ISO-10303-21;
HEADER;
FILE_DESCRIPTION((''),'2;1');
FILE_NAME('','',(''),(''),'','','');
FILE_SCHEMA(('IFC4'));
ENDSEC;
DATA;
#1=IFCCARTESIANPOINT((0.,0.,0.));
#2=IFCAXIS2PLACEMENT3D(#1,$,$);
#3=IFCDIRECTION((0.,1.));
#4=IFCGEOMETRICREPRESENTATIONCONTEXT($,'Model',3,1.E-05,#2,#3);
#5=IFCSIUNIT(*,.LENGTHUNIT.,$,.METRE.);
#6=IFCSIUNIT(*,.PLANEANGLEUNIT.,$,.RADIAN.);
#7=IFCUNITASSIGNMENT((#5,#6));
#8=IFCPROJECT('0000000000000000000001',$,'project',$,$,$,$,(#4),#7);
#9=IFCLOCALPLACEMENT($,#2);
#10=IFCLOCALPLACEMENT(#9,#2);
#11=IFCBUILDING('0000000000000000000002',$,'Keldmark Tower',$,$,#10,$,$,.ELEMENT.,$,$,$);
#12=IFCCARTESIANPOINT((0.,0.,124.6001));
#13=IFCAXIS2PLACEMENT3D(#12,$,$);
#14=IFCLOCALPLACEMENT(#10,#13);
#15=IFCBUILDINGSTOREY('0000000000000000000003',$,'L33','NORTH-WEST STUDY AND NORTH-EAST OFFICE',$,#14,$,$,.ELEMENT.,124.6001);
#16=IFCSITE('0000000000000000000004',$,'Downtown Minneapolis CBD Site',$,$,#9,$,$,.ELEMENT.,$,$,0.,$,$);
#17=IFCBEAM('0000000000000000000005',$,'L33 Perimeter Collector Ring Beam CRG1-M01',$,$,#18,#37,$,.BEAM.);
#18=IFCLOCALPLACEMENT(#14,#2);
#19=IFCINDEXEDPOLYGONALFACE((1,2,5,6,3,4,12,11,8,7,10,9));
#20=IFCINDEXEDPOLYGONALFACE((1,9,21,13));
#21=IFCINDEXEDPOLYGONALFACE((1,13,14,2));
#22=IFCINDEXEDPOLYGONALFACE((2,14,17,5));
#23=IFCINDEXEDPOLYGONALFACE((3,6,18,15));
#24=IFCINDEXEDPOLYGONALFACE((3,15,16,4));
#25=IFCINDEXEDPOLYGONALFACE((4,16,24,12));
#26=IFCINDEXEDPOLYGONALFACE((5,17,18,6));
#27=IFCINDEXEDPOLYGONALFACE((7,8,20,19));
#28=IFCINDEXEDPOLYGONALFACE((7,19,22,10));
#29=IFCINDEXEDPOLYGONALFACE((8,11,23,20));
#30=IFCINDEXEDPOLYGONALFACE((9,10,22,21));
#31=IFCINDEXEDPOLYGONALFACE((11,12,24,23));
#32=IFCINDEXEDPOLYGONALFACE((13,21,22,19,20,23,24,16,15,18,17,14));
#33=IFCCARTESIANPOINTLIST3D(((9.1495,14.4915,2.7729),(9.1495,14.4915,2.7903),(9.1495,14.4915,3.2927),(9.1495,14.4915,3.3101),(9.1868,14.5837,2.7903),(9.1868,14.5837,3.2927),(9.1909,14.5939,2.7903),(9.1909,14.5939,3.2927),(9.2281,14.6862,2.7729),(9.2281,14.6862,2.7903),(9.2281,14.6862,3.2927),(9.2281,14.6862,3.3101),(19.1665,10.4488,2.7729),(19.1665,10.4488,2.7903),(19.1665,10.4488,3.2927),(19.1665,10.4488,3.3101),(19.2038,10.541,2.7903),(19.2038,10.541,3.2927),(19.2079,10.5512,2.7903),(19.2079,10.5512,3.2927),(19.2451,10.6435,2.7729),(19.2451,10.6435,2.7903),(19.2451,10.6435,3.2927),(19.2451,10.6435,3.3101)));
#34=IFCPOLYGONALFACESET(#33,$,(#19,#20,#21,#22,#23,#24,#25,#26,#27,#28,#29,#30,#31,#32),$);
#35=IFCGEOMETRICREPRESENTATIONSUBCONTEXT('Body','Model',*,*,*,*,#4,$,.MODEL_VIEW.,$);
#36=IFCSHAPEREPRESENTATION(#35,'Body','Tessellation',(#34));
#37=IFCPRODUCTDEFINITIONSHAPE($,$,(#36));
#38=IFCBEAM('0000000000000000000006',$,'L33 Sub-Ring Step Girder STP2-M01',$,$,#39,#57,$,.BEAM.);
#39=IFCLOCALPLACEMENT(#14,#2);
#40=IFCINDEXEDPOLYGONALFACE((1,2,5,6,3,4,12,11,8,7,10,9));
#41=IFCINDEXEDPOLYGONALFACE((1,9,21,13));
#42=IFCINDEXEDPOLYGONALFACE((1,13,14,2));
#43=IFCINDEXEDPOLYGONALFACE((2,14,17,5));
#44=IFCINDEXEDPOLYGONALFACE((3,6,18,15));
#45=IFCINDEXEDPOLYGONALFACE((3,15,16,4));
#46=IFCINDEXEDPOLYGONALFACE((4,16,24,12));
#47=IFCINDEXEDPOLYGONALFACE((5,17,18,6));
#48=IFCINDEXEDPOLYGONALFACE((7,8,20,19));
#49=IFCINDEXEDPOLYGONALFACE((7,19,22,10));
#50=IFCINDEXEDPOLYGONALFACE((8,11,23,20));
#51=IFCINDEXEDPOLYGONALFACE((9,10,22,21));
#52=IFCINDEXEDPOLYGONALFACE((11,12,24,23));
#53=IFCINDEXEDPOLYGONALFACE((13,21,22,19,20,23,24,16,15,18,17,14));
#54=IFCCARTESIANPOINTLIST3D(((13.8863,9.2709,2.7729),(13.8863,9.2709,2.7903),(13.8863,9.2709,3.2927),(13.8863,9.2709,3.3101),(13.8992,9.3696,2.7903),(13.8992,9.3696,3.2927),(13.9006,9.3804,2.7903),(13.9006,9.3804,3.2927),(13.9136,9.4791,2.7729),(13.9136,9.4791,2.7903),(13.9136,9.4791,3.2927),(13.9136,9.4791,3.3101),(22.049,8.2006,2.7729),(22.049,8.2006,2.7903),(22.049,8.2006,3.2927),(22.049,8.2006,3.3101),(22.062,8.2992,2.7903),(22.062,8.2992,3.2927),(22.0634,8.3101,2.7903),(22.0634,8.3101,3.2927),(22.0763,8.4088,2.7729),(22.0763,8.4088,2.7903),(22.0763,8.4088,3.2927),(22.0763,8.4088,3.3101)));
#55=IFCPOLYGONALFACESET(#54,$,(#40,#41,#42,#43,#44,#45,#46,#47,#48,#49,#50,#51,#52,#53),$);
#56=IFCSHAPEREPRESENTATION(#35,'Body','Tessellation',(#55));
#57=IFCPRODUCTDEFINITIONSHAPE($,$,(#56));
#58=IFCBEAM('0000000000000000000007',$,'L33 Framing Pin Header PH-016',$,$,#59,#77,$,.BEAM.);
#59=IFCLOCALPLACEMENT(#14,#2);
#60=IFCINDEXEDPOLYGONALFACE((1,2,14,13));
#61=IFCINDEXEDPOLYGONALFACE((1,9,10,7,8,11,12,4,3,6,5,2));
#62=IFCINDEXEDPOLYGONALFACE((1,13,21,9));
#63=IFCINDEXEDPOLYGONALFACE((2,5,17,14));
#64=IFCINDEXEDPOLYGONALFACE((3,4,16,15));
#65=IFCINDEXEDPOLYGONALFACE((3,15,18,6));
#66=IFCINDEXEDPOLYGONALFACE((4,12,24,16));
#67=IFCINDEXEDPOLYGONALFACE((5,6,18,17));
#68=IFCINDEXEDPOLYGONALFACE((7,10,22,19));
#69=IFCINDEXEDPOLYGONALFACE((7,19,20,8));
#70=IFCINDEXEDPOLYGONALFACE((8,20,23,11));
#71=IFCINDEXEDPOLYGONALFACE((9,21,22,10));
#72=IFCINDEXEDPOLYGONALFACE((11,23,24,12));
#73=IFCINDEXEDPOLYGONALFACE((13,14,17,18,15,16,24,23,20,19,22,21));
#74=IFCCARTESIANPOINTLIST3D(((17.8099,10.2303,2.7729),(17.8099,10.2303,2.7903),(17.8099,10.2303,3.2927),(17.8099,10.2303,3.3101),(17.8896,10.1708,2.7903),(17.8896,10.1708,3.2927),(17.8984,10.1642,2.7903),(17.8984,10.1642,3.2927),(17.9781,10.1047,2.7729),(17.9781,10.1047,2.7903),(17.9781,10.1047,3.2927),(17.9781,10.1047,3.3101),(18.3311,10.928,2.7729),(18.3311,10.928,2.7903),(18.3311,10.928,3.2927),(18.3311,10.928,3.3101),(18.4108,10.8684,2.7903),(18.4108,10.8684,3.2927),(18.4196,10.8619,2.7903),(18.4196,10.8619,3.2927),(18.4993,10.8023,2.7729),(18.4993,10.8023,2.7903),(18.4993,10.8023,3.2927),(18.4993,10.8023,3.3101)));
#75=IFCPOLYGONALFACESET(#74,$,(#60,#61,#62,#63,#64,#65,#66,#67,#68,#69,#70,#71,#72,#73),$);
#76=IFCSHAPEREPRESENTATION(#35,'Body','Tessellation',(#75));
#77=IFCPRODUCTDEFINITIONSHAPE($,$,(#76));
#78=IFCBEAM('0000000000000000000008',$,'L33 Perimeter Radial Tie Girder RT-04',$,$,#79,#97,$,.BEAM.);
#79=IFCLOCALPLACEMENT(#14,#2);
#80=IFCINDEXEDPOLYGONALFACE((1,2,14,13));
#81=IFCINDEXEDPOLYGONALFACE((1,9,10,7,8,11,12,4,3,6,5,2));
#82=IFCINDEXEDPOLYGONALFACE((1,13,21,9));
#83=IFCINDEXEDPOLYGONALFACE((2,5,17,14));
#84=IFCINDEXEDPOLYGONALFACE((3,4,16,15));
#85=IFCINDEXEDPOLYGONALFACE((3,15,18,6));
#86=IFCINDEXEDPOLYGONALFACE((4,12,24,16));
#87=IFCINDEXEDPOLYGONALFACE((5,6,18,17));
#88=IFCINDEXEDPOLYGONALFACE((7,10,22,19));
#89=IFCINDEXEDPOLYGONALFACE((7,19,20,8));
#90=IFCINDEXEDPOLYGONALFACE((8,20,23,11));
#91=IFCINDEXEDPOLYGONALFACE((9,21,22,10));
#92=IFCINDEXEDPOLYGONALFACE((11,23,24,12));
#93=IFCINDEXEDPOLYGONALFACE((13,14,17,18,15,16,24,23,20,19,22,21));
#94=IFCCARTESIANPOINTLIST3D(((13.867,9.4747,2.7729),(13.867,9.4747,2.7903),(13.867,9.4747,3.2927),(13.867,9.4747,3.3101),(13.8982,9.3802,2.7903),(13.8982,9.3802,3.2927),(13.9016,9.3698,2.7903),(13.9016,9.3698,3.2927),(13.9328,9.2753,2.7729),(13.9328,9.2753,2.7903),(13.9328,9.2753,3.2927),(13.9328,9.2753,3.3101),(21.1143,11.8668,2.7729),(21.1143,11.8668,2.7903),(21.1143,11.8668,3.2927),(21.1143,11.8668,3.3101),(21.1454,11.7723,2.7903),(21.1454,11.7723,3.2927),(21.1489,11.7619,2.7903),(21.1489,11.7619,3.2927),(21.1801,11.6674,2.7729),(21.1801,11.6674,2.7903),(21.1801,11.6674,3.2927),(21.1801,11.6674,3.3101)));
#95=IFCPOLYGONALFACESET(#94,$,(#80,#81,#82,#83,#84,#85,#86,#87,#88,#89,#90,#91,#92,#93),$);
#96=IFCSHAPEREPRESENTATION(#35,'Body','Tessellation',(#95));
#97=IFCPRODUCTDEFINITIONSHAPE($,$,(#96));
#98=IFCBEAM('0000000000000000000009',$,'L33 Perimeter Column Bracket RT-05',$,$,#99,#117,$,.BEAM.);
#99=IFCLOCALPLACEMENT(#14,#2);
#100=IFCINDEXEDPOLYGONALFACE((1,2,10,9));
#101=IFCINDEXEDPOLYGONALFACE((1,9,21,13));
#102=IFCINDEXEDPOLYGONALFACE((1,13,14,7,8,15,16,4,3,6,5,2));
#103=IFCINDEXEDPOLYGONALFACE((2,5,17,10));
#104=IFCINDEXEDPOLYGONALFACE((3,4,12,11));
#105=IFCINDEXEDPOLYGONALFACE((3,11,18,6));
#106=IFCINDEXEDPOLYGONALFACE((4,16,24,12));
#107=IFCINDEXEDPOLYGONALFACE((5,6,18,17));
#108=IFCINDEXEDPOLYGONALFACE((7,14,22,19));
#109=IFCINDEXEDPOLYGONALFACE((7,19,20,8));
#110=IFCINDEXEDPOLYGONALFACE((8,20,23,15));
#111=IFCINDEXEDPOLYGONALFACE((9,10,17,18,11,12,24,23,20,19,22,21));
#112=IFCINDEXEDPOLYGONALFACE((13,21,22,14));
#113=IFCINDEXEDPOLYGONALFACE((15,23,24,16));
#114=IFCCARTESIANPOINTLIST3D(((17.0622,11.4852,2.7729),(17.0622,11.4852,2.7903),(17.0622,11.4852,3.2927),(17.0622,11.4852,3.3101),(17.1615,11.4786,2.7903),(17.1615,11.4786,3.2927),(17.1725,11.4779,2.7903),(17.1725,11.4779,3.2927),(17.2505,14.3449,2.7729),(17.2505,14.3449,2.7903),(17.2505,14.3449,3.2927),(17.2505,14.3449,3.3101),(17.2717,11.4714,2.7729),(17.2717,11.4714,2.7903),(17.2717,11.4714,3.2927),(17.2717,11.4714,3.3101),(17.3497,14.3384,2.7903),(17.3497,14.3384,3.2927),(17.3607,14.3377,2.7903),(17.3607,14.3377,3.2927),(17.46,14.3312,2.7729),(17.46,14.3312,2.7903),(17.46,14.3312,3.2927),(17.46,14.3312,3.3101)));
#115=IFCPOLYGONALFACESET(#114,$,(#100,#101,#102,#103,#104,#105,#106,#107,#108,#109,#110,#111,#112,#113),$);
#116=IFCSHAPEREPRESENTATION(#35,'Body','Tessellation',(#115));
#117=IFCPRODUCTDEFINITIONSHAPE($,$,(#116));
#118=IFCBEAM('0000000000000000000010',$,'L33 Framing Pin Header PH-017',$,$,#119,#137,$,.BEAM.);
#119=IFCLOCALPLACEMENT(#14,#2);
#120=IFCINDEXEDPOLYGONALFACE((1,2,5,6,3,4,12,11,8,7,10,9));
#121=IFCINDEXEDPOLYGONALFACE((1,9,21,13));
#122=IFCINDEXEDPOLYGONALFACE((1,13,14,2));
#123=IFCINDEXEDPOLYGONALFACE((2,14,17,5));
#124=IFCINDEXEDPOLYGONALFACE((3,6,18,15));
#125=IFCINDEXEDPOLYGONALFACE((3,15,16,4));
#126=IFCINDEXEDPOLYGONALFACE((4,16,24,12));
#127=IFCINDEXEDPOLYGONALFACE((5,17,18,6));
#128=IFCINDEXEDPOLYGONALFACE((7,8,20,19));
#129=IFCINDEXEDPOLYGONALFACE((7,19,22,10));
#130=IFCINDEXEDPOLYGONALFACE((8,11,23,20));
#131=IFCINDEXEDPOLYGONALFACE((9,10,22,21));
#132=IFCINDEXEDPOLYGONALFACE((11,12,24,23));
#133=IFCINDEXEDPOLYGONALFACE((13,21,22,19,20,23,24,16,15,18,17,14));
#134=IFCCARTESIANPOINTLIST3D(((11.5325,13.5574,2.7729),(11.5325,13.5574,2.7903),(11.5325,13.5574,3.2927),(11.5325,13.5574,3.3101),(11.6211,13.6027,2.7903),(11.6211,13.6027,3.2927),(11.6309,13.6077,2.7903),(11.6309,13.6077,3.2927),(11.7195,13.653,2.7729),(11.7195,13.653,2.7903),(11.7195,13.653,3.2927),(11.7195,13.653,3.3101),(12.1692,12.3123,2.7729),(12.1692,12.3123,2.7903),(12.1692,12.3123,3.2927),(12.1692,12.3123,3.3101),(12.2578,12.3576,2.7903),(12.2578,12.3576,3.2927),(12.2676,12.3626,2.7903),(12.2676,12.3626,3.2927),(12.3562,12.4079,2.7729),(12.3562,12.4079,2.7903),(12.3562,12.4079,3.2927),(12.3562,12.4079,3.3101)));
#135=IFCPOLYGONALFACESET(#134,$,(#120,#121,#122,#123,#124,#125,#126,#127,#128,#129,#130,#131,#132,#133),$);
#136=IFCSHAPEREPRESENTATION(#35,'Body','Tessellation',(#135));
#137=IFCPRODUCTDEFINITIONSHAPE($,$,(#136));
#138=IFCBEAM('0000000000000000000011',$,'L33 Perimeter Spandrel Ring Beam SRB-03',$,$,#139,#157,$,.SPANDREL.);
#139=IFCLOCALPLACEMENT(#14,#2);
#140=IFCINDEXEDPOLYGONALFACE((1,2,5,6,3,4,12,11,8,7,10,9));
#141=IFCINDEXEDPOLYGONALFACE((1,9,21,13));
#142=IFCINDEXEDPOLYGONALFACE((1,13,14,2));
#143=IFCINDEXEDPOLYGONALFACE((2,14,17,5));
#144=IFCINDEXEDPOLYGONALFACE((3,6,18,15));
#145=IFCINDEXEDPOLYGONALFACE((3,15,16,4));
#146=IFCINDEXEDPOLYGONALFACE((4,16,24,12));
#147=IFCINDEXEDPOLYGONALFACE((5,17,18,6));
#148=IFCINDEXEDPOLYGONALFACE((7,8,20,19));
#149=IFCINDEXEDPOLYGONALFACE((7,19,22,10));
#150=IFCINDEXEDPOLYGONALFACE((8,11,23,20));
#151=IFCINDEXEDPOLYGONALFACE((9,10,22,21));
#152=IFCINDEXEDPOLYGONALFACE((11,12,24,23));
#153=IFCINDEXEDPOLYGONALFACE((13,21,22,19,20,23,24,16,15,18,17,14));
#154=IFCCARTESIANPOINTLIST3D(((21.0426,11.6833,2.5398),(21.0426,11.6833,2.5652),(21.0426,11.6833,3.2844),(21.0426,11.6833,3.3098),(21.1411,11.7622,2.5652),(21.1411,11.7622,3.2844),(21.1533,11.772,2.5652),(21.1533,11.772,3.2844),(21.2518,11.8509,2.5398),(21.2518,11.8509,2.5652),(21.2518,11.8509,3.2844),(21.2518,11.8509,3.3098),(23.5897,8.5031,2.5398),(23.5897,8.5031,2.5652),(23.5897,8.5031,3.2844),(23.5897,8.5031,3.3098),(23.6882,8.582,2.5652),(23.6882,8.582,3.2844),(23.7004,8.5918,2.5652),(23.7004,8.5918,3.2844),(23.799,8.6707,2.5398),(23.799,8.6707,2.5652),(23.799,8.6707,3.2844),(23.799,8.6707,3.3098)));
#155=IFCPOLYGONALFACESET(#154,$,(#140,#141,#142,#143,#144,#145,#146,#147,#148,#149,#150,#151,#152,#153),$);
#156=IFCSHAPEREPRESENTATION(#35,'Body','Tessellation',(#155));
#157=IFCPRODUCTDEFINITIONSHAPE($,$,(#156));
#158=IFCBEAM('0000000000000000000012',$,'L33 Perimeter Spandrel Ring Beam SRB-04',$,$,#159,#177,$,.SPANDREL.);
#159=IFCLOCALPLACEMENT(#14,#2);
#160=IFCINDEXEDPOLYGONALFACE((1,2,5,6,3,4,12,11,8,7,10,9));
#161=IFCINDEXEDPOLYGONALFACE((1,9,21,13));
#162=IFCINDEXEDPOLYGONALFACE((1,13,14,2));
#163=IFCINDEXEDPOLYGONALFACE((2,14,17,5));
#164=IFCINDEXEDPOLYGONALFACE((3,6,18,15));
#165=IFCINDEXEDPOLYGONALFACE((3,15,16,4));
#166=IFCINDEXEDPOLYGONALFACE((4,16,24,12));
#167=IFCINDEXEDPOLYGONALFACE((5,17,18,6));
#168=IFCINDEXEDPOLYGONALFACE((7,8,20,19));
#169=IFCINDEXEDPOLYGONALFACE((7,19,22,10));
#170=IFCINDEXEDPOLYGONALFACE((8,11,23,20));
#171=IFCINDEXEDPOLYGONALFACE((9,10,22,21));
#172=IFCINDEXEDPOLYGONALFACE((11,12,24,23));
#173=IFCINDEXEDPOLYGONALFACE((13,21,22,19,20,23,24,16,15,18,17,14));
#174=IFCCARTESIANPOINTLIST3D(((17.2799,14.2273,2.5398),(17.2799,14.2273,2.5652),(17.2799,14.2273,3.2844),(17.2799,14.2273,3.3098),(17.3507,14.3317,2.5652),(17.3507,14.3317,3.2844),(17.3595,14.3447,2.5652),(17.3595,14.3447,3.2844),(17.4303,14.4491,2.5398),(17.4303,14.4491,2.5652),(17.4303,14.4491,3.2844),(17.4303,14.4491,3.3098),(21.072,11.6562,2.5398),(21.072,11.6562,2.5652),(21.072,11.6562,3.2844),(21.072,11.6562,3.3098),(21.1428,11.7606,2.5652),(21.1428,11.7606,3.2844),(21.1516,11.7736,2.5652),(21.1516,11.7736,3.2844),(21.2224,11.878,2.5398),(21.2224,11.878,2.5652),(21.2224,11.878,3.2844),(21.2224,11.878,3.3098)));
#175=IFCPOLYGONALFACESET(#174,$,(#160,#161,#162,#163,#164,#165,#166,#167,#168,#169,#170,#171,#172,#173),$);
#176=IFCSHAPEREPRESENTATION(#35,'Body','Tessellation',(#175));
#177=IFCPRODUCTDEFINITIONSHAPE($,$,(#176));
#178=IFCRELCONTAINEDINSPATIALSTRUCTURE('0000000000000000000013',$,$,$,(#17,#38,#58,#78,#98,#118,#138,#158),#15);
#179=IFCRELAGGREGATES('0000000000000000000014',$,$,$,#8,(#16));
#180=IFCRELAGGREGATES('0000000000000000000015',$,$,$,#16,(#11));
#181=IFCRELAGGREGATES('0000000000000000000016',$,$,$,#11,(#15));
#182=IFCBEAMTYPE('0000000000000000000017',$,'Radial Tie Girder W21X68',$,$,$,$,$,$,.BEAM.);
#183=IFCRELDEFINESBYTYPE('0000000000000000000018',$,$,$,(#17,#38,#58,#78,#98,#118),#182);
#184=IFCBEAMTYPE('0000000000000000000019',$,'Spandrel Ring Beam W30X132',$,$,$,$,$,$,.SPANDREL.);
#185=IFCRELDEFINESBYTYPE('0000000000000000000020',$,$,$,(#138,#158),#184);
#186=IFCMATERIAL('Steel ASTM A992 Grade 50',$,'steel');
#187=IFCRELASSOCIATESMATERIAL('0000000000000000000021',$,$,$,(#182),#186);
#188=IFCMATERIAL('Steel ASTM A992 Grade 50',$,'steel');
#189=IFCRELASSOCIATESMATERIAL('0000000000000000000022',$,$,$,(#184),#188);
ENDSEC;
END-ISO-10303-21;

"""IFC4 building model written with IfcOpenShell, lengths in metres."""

from ifc_helpers import new_model, si_unit, direction, frame, origin, origin_2d, place, context, subcontext, project, spatial, i_section, extrude, material, material_profile, profile_set, type_object, element, save


model = new_model("IFC4")

# Units and contexts
model_context = context("Model", 3, precision=1e-05, world=origin(), true_north=direction((0.0, 1.0)))
body_context = subcontext(model_context, "Body", "Model", "MODEL_VIEW")
ifc_project = project(units=[si_unit("LENGTHUNIT", "METRE"), si_unit("PLANEANGLEUNIT", "RADIAN")], contexts=[model_context])

# Site, building, storey
site_placement = place(None, origin())
site = spatial("IfcSite", under=ifc_project, at=site_placement, Name="Downtown Minneapolis CBD Site", CompositionType="ELEMENT", RefElevation=0.0)
building_placement = place(site_placement, origin())
building = spatial("IfcBuilding", under=site, at=building_placement, Name="Keldmark Tower", CompositionType="ELEMENT")
storey_placement = place(building_placement, frame((0.0, 0.0, 124.6001)))
storey = spatial("IfcBuildingStorey", under=building, at=storey_placement, Name="L33", Description="NORTH-WEST STUDY AND NORTH-EAST OFFICE", CompositionType="ELEMENT", Elevation=124.6001)

# Beams
ifc_material_1 = material(Name="Steel ASTM A992 Grade 50", Category="steel")
ifc_material_profile_1 = material_profile(ifc_material_1, i_section(OverallWidth=0.21, OverallDepth=0.5371, WebThickness=0.011, FlangeThickness=0.0173, at=origin_2d()), Name="W21X68")
ifc_profile_set_1 = profile_set([ifc_material_profile_1], Name="Steel ASTM A992 Grade 50")
beam_type_1 = type_object("IfcBeamType", Name="Radial Tie Girder W21X68", PredefinedType="BEAM", material=ifc_profile_set_1)
beam_1_placement = place(storey_placement, frame((19.2058, 10.5461, 3.0415), z_axis=(-0.927327, 0.374253, 0.0), x_axis=(-0.374253, -0.927327, 0.0)))
element("IfcBeam", 1, at=beam_1_placement, inside=storey, type_object=beam_type_1, Name="L33 Perimeter Collector Ring Beam CRG1-M01", PredefinedType="BEAM", context=body_context, shape_type="SweptSolid", body=[
    extrude(i_section(OverallWidth=0.21, OverallDepth=0.5371, WebThickness=0.011, FlangeThickness=0.0173, at=origin_2d()), origin(), (0.0, 0.0, 1.0), 10.802),
])
beam_2_placement = place(storey_placement, frame((13.8999, 9.375, 3.0415), z_axis=(0.991513, -0.130007, 0.0), x_axis=(0.130007, 0.991513, 0.0)))
element("IfcBeam", 2, at=beam_2_placement, inside=storey, type_object=beam_type_1, Name="L33 Sub-Ring Step Girder STP2-M01", PredefinedType="BEAM", context=body_context, shape_type="SweptSolid", body=[
    extrude(i_section(OverallWidth=0.21, OverallDepth=0.5371, WebThickness=0.011, FlangeThickness=0.0173, at=origin_2d()), origin(), (0.0, 0.0, 1.0), 8.2327),
])
beam_3_placement = place(storey_placement, frame((17.894, 10.1675, 3.0415), z_axis=(0.598474, 0.801142, 0.0), x_axis=(-0.801142, 0.598474, 0.0)))
element("IfcBeam", 3, at=beam_3_placement, inside=storey, type_object=beam_type_1, Name="L33 Framing Pin Header PH-016", PredefinedType="BEAM", context=body_context, shape_type="SweptSolid", body=[
    extrude(i_section(OverallWidth=0.21, OverallDepth=0.5371, WebThickness=0.011, FlangeThickness=0.0173, at=origin_2d()), origin(), (0.0, 0.0, 1.0), 0.8708),
])
beam_4_placement = place(storey_placement, frame((13.8999, 9.375, 3.0415), z_axis=(0.94961, 0.313434, 0.0), x_axis=(-0.313434, 0.94961, 0.0)))
element("IfcBeam", 4, at=beam_4_placement, inside=storey, type_object=beam_type_1, Name="L33 Perimeter Radial Tie Girder RT-04", PredefinedType="BEAM", context=body_context, shape_type="SweptSolid", body=[
    extrude(i_section(OverallWidth=0.21, OverallDepth=0.5371, WebThickness=0.011, FlangeThickness=0.0173, at=origin_2d()), origin(), (0.0, 0.0, 1.0), 7.6318),
])
beam_5_placement = place(storey_placement, frame((17.167, 11.4783, 3.0415), z_axis=(0.065677, 0.997841, 0.0), x_axis=(-0.997841, 0.065677, 0.0)))
element("IfcBeam", 5, at=beam_5_placement, inside=storey, type_object=beam_type_1, Name="L33 Perimeter Column Bracket RT-05", PredefinedType="BEAM", context=body_context, shape_type="SweptSolid", body=[
    extrude(i_section(OverallWidth=0.21, OverallDepth=0.5371, WebThickness=0.011, FlangeThickness=0.0173, at=origin_2d()), origin(), (0.0, 0.0, 1.0), 2.866),
])
beam_6_placement = place(storey_placement, frame((12.2627, 12.3601, 3.0415), z_axis=(-0.455296, 0.89034, 0.0), x_axis=(-0.89034, -0.455296, 0.0)))
element("IfcBeam", 6, at=beam_6_placement, inside=storey, type_object=beam_type_1, Name="L33 Framing Pin Header PH-017", PredefinedType="BEAM", context=body_context, shape_type="SweptSolid", body=[
    extrude(i_section(OverallWidth=0.21, OverallDepth=0.5371, WebThickness=0.011, FlangeThickness=0.0173, at=origin_2d()), origin(), (0.0, 0.0, 1.0), 1.3984),
])
ifc_material_2 = material(Name="Steel ASTM A992 Grade 50", Category="steel")
ifc_material_profile_2 = material_profile(ifc_material_2, i_section(OverallWidth=0.2681, OverallDepth=0.77, WebThickness=0.0156, FlangeThickness=0.0254, at=origin_2d()), Name="W30X132")
ifc_profile_set_2 = profile_set([ifc_material_profile_2], Name="Steel ASTM A992 Grade 50")
beam_type_2 = type_object("IfcBeamType", Name="Spandrel Ring Beam W30X132", PredefinedType="SPANDREL", material=ifc_profile_set_2)
beam_7_placement = place(storey_placement, frame((23.6943, 8.5869, 2.9248), z_axis=(-0.625141, 0.780512, 0.0), x_axis=(-0.780512, -0.625141, 0.0)))
element("IfcBeam", 7, at=beam_7_placement, inside=storey, type_object=beam_type_2, Name="L33 Perimeter Spandrel Ring Beam SRB-03", PredefinedType="SPANDREL", context=body_context, shape_type="SweptSolid", body=[
    extrude(i_section(OverallWidth=0.2681, OverallDepth=0.77, WebThickness=0.0156, FlangeThickness=0.0254, at=origin_2d()), origin(), (0.0, 0.0, 1.0), 4.0745),
])
beam_8_placement = place(storey_placement, frame((21.1472, 11.7671, 2.9248), z_axis=(-0.827688, 0.561189, 0.0), x_axis=(-0.561189, -0.827688, 0.0)))
element("IfcBeam", 8, at=beam_8_placement, inside=storey, type_object=beam_type_2, Name="L33 Perimeter Spandrel Ring Beam SRB-04", PredefinedType="SPANDREL", context=body_context, shape_type="SweptSolid", body=[
    extrude(i_section(OverallWidth=0.2681, OverallDepth=0.77, WebThickness=0.0156, FlangeThickness=0.0254, at=origin_2d()), origin(), (0.0, 0.0, 1.0), 4.5815),
])

save(model, "model.ifc")
